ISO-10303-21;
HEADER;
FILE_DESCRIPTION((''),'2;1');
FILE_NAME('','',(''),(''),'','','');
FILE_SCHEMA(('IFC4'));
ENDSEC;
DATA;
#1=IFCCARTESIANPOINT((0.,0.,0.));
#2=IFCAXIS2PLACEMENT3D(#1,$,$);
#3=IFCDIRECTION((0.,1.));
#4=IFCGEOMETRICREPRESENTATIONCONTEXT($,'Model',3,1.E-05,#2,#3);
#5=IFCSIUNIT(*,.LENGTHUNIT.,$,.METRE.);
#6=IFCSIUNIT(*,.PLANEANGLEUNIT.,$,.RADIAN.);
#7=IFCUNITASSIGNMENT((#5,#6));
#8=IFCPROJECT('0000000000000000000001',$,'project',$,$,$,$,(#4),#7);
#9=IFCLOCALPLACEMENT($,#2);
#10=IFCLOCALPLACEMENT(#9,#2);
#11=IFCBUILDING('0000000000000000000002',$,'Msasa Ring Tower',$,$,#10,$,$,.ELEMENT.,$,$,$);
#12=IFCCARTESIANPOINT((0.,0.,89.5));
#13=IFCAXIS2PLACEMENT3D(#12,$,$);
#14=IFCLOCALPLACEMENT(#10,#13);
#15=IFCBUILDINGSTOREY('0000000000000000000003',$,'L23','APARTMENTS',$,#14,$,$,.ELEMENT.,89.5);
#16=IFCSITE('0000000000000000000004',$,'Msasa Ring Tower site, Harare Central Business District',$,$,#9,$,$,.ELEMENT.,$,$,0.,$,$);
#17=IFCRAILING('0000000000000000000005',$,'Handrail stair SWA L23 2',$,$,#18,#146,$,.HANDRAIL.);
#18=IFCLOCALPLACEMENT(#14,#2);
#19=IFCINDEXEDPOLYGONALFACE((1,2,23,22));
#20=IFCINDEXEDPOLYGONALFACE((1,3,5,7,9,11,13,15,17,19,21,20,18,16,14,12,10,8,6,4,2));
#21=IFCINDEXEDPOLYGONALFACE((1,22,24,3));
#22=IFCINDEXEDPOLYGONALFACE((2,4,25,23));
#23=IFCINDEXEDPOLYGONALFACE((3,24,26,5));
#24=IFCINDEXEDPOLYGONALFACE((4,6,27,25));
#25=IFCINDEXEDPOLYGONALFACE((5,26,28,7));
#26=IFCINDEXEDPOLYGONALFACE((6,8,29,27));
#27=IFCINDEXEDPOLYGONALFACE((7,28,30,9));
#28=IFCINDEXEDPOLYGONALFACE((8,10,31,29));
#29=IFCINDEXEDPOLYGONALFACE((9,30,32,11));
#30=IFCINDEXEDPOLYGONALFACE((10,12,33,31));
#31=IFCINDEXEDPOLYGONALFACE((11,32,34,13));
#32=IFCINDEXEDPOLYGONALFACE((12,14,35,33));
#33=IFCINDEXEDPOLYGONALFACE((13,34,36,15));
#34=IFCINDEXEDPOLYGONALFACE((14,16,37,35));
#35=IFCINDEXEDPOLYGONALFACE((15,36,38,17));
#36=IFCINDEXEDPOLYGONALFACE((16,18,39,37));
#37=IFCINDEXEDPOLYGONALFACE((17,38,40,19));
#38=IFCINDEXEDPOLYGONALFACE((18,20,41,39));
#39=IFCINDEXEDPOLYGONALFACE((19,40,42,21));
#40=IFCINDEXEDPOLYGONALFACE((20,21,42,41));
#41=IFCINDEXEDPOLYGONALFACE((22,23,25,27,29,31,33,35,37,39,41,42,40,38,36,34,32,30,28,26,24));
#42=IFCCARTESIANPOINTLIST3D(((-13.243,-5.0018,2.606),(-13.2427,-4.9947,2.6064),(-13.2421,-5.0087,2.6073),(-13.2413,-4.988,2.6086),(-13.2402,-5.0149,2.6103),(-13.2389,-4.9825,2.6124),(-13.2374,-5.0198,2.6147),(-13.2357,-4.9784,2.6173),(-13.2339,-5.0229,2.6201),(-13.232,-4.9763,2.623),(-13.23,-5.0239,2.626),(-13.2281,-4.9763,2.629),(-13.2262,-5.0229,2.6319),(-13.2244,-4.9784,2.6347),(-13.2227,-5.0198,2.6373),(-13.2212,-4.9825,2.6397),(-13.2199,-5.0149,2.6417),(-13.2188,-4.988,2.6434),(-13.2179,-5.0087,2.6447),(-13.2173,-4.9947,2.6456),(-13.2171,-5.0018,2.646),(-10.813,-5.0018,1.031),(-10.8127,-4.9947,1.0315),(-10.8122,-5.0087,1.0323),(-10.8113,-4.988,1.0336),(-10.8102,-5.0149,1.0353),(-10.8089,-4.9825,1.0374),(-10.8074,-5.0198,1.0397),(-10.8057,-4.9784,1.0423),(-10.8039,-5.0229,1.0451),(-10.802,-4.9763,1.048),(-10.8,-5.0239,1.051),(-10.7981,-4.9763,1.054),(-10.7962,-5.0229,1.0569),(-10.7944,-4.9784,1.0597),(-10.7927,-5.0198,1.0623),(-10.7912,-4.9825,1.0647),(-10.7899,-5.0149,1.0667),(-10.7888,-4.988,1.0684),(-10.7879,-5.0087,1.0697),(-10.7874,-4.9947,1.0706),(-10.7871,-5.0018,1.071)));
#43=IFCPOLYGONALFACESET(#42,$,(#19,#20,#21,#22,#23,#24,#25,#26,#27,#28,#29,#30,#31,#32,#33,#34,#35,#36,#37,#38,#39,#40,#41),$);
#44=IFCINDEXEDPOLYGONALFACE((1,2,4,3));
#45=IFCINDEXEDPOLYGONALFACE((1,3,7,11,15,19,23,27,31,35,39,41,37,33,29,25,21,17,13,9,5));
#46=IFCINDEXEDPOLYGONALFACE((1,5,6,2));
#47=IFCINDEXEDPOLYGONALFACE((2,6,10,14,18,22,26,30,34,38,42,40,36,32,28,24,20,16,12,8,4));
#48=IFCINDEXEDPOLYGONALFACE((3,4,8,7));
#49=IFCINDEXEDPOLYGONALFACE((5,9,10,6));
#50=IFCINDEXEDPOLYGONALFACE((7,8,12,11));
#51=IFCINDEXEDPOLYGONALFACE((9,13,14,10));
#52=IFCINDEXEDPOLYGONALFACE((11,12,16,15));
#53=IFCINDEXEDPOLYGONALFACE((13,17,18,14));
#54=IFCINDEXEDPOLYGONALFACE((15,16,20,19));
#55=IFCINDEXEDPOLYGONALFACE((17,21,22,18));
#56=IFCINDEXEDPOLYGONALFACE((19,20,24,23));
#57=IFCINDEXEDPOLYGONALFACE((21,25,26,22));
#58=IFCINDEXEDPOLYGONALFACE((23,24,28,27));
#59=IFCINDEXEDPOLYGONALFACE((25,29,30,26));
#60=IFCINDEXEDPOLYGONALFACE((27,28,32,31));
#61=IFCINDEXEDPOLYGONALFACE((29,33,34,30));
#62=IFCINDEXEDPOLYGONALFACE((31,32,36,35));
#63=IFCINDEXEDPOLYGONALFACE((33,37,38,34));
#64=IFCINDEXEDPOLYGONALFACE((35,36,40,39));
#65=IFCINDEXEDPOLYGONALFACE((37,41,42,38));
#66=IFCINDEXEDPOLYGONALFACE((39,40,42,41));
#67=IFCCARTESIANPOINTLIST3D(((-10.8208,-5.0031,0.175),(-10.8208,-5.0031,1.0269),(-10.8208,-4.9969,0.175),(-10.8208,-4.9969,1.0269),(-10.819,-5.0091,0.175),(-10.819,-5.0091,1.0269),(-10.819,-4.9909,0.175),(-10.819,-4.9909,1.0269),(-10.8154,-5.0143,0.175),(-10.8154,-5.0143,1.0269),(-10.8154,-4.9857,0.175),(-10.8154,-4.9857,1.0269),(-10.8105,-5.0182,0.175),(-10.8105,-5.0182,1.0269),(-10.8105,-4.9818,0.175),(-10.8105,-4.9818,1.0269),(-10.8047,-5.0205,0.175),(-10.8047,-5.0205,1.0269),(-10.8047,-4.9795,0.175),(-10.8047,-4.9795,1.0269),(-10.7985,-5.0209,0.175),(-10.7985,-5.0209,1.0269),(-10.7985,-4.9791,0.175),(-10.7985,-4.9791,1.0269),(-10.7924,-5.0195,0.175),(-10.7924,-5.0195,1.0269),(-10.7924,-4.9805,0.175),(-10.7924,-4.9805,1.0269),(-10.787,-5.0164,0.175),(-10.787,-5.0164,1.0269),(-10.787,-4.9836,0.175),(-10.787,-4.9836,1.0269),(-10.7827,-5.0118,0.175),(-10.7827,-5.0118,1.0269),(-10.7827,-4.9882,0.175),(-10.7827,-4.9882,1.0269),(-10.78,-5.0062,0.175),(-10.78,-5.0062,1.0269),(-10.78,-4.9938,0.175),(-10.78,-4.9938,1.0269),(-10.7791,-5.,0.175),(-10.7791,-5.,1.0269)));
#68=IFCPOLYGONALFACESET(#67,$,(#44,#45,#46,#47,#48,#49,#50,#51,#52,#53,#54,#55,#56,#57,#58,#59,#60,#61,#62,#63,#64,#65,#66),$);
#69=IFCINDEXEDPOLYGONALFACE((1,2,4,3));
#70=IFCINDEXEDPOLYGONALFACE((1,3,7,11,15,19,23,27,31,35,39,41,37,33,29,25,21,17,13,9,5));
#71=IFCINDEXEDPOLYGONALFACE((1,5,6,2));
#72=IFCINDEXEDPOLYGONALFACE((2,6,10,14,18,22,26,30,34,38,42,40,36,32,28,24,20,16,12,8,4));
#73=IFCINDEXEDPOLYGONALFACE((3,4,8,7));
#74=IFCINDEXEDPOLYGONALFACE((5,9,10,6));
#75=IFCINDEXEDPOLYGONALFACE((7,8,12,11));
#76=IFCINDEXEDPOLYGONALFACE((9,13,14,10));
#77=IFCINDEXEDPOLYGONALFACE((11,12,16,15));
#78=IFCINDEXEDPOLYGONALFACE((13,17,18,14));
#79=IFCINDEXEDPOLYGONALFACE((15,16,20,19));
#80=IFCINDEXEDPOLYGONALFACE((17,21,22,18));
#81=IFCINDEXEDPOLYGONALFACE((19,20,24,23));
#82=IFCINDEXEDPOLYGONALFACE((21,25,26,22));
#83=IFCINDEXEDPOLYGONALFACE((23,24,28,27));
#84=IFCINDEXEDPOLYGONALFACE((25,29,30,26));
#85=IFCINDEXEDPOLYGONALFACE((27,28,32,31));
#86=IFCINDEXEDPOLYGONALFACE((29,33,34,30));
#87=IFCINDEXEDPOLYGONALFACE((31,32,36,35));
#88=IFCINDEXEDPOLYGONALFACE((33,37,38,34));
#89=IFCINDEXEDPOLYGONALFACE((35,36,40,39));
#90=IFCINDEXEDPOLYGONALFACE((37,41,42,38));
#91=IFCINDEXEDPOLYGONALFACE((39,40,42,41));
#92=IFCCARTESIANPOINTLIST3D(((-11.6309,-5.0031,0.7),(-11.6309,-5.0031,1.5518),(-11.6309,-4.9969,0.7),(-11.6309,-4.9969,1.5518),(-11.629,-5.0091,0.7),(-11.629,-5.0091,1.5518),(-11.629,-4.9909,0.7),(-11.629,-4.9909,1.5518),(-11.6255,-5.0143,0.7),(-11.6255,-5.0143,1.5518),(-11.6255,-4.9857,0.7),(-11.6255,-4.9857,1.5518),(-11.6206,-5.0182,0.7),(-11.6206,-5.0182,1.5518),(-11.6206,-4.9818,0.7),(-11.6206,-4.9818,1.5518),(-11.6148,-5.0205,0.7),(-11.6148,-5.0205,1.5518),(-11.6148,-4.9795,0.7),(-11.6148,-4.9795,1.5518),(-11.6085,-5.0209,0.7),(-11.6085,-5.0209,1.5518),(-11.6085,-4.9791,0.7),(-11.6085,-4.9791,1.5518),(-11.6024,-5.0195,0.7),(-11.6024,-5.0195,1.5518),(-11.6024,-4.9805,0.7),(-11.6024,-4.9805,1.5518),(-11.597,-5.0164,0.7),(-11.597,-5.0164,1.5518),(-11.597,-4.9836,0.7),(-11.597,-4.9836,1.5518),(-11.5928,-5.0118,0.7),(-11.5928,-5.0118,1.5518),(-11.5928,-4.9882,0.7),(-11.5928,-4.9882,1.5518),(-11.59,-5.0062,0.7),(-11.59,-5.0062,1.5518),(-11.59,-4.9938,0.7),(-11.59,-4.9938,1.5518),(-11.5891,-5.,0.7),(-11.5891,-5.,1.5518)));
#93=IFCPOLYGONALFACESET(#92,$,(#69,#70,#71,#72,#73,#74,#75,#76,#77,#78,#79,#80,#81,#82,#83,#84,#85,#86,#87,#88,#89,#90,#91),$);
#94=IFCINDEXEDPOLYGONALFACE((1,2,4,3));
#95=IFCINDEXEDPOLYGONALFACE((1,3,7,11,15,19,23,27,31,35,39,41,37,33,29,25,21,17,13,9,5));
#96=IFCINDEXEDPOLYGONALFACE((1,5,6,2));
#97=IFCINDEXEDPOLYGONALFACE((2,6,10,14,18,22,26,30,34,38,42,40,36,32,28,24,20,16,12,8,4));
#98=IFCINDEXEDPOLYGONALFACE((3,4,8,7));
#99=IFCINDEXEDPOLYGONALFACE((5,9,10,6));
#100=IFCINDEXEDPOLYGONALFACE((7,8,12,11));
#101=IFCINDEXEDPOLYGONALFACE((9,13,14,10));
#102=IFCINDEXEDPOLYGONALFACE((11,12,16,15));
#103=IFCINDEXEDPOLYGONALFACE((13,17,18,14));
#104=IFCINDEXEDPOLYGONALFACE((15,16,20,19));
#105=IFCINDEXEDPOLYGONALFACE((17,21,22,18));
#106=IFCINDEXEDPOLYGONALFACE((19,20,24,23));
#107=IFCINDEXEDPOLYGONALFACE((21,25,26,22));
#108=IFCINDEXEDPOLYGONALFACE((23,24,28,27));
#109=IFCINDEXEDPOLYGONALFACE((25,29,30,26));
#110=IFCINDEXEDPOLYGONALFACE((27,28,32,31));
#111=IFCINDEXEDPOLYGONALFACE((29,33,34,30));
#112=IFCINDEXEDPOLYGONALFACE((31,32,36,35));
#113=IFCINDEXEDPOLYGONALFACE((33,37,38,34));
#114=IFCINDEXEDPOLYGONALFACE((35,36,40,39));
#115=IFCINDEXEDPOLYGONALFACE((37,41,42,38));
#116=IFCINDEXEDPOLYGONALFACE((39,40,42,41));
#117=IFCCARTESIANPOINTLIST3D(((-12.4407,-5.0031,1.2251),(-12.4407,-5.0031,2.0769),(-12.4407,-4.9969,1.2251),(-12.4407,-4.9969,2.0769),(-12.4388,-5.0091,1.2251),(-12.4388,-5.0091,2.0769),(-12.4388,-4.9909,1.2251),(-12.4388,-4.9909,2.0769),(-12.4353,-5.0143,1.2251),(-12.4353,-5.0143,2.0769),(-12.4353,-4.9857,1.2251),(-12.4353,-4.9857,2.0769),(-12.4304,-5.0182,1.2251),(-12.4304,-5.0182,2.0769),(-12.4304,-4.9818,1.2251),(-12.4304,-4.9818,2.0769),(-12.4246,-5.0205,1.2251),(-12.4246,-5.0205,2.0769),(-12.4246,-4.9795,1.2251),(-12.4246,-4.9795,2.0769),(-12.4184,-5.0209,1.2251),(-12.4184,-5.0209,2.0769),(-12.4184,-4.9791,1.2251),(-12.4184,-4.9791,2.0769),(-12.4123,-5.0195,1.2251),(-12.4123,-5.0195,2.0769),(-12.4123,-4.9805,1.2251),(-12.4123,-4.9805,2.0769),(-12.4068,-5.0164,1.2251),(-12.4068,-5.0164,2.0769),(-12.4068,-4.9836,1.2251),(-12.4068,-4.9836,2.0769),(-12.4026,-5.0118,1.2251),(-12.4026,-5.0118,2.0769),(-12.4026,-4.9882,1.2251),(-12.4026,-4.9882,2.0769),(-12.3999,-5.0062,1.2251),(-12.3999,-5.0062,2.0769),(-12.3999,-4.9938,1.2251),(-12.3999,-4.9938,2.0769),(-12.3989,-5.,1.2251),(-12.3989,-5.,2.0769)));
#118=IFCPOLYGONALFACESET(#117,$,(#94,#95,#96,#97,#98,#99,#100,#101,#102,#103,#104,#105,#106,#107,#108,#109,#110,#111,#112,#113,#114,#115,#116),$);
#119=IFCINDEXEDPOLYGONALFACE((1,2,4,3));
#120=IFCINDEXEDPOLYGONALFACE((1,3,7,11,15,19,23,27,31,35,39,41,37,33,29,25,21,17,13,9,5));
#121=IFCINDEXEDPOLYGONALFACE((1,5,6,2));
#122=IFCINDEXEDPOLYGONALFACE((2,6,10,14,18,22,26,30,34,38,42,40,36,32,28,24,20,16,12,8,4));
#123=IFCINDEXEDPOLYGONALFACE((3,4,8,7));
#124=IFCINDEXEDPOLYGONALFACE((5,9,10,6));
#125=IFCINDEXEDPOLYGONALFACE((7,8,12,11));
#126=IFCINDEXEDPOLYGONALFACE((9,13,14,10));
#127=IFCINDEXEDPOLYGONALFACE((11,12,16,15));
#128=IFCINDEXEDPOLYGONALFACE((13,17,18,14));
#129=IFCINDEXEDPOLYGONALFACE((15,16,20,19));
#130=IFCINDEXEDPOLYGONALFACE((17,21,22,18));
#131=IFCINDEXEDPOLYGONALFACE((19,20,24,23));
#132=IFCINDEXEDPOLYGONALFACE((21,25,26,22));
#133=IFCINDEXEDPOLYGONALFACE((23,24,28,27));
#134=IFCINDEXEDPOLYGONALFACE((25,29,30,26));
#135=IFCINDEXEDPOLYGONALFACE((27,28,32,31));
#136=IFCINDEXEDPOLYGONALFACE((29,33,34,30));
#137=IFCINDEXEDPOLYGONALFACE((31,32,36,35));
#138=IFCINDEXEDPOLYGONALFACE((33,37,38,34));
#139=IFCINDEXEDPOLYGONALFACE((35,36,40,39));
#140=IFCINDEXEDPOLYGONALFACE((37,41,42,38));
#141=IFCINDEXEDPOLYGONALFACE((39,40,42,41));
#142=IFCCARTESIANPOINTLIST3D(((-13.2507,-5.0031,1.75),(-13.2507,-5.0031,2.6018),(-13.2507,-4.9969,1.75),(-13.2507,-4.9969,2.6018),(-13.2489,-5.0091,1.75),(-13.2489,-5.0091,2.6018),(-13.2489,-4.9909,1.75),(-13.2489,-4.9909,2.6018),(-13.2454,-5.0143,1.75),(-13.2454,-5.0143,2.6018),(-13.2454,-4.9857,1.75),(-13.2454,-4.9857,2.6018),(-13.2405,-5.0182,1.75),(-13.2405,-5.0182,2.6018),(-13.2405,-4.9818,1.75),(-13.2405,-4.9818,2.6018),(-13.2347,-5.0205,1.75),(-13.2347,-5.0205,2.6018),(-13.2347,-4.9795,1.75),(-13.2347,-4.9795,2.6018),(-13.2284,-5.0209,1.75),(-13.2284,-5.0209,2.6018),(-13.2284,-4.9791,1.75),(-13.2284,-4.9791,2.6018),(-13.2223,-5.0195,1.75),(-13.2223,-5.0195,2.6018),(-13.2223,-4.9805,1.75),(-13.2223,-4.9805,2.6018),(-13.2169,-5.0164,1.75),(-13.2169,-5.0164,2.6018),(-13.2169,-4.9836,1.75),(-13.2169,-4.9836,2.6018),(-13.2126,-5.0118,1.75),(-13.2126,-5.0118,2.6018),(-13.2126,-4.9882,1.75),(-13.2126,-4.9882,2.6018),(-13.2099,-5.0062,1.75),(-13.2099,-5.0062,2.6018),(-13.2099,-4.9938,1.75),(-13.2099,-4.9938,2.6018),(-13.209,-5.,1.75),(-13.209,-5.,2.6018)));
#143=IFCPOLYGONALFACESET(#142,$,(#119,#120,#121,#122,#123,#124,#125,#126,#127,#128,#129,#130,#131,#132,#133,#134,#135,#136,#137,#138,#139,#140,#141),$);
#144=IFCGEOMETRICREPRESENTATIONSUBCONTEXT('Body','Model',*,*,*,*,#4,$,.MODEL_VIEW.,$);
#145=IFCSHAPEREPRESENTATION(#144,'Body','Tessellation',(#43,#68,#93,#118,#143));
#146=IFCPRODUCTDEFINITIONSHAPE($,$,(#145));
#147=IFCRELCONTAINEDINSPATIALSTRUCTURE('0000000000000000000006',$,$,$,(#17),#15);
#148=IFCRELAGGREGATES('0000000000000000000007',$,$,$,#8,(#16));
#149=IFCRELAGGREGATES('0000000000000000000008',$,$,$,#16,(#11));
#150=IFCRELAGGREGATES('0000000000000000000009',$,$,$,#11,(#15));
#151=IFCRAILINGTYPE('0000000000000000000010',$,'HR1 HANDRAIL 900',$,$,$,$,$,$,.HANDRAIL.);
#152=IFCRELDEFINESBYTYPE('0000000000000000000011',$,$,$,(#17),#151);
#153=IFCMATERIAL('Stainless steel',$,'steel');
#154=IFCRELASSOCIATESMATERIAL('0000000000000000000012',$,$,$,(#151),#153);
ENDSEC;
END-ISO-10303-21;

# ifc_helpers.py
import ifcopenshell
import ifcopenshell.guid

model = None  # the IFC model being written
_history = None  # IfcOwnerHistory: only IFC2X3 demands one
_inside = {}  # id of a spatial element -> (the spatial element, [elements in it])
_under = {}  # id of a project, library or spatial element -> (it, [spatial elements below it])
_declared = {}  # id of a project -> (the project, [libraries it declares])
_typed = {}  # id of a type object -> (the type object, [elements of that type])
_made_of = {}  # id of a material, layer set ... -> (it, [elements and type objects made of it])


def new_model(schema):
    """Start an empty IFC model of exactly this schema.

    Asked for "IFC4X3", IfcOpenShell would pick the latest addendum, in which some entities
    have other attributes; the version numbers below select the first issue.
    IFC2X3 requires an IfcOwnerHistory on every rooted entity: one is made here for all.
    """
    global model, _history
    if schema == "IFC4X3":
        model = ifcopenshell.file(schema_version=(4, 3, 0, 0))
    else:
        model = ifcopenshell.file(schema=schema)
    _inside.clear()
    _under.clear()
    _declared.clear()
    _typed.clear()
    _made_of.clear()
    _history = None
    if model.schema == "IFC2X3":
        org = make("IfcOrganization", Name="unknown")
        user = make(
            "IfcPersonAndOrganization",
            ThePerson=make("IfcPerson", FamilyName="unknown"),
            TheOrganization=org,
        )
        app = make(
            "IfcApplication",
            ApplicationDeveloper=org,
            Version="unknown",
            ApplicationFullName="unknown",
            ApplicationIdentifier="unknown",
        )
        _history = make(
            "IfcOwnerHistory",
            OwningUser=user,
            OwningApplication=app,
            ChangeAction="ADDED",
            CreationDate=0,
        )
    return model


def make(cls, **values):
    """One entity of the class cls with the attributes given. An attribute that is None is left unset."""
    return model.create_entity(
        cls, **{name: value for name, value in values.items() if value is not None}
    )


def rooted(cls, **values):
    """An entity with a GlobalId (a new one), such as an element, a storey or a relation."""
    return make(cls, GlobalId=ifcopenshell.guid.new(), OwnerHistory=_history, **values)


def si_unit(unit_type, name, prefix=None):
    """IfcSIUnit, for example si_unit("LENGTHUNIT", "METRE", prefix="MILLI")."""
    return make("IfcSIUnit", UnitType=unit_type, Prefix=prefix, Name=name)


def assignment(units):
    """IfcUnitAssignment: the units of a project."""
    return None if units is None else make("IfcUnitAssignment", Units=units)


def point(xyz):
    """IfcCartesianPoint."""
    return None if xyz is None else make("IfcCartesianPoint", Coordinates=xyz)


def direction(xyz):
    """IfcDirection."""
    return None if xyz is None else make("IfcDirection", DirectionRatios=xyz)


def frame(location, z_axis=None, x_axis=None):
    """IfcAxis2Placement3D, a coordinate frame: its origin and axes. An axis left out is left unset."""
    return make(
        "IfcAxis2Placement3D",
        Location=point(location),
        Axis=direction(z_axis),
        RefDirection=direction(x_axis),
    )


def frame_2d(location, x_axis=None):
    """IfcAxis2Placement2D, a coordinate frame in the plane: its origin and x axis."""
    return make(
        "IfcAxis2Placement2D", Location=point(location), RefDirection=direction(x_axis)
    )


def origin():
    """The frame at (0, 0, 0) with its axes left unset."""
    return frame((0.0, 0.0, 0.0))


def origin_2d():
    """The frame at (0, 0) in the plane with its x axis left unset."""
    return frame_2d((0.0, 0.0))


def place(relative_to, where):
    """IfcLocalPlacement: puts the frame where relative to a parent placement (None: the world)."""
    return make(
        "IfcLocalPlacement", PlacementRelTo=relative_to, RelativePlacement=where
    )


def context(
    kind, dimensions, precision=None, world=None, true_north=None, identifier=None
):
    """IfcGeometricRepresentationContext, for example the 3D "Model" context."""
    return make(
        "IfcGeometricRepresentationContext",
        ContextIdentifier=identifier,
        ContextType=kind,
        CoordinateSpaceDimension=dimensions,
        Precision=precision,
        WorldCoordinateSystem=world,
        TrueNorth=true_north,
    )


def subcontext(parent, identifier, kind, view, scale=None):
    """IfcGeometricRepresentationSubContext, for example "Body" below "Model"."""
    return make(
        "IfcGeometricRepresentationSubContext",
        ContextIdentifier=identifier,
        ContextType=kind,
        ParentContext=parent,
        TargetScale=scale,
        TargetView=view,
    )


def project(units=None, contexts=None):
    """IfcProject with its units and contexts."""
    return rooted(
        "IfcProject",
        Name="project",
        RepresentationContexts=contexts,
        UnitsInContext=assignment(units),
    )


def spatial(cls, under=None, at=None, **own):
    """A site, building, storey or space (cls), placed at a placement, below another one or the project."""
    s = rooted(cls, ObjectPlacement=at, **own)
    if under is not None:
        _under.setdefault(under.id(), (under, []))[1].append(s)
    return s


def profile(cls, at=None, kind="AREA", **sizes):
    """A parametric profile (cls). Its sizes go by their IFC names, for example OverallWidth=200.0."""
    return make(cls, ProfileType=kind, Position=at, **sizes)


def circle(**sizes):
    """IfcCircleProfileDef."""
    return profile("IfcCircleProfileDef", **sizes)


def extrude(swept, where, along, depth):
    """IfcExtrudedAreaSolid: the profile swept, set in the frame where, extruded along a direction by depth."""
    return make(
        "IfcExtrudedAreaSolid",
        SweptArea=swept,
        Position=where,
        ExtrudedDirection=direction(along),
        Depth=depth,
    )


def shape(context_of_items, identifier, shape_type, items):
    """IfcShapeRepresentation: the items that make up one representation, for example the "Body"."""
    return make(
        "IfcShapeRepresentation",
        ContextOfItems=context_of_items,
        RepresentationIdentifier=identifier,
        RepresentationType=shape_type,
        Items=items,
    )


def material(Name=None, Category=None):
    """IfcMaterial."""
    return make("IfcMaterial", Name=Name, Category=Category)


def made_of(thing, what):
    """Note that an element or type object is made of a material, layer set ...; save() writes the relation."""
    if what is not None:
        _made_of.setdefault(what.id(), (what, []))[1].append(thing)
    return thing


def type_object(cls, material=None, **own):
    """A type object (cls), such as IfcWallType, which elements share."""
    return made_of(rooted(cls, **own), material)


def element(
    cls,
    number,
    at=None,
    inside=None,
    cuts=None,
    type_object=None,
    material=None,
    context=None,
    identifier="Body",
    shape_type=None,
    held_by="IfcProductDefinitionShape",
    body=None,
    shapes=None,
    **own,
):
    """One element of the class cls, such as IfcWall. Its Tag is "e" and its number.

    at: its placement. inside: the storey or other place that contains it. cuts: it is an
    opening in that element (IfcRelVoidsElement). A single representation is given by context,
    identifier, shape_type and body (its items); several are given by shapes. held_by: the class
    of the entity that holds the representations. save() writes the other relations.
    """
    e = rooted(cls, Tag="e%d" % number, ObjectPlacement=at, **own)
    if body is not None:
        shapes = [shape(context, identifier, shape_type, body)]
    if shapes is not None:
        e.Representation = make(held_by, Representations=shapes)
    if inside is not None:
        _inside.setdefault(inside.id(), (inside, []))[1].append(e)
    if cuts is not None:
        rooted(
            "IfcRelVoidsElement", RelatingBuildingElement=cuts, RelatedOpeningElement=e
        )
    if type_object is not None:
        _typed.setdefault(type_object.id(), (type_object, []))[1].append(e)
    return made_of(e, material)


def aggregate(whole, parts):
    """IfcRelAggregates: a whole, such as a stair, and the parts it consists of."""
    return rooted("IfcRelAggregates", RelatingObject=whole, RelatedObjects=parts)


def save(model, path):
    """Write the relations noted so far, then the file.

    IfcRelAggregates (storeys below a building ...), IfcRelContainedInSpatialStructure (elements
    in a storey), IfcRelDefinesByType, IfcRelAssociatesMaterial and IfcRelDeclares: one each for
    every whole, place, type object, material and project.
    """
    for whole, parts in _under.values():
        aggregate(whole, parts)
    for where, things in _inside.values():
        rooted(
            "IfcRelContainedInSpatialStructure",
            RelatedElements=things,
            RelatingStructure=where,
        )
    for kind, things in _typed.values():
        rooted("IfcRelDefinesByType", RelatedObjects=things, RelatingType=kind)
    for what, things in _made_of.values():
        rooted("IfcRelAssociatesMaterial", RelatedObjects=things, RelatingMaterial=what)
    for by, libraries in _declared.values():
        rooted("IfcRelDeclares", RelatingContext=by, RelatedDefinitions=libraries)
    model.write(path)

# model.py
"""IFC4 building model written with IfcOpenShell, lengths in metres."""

from ifc_helpers import new_model, si_unit, direction, frame, origin, origin_2d, place, context, subcontext, project, spatial, circle, extrude, material, type_object, element, save


model = new_model("IFC4")

# Units and contexts
model_context = context("Model", 3, precision=1e-05, world=origin(), true_north=direction((0.0, 1.0)))
body_context = subcontext(model_context, "Body", "Model", "MODEL_VIEW")
ifc_project = project(units=[si_unit("LENGTHUNIT", "METRE"), si_unit("PLANEANGLEUNIT", "RADIAN")], contexts=[model_context])

# Site, building, storey
site_placement = place(None, origin())
site = spatial("IfcSite", under=ifc_project, at=site_placement, Name="Msasa Ring Tower site, Harare Central Business District", CompositionType="ELEMENT", RefElevation=0.0)
building_placement = place(site_placement, origin())
building = spatial("IfcBuilding", under=site, at=building_placement, Name="Msasa Ring Tower", CompositionType="ELEMENT")
storey_placement = place(building_placement, frame((0.0, 0.0, 89.5)))
storey = spatial("IfcBuildingStorey", under=building, at=storey_placement, Name="L23", Description="APARTMENTS", CompositionType="ELEMENT", Elevation=89.5)

# Railing
ifc_material_1 = material(Name="Stainless steel", Category="steel")
railing_type = type_object("IfcRailingType", Name="HR1 HANDRAIL 900", PredefinedType="HANDRAIL", material=ifc_material_1)
for number, where, name in (
    (1, (-10.8, -5.0, 0.175), "Handrail stair SWA L23 2"),
):
    element("IfcRailing", number, at=place(storey_placement, frame(where)), inside=storey, type_object=railing_type, Name=name, PredefinedType="HANDRAIL", context=body_context, shape_type="SweptSolid", body=[
        extrude(circle(Radius=0.0239, at=origin_2d()), frame((0.0, 0.0, 0.876), z_axis=(-0.839154, 0.0, 0.543894), x_axis=(0.0, -1.0, 0.0)), (0.0, 0.0, 1.0), 2.8958),
        extrude(circle(Radius=0.021, at=origin_2d()), origin(), (0.0, 0.0, 1.0), 0.8518),
        extrude(circle(Radius=0.021, at=origin_2d()), frame((-0.8101, 0.0, 0.5249)), (0.0, 0.0, 1.0), 0.8518),
        extrude(circle(Radius=0.021, at=origin_2d()), frame((-1.6199, 0.0, 1.05)), (0.0, 0.0, 1.0), 0.8518),
        extrude(circle(Radius=0.021, at=origin_2d()), frame((-2.4299, 0.0, 1.575)), (0.0, 0.0, 1.0), 0.8518),
    ])

save(model, "model.ifc")
